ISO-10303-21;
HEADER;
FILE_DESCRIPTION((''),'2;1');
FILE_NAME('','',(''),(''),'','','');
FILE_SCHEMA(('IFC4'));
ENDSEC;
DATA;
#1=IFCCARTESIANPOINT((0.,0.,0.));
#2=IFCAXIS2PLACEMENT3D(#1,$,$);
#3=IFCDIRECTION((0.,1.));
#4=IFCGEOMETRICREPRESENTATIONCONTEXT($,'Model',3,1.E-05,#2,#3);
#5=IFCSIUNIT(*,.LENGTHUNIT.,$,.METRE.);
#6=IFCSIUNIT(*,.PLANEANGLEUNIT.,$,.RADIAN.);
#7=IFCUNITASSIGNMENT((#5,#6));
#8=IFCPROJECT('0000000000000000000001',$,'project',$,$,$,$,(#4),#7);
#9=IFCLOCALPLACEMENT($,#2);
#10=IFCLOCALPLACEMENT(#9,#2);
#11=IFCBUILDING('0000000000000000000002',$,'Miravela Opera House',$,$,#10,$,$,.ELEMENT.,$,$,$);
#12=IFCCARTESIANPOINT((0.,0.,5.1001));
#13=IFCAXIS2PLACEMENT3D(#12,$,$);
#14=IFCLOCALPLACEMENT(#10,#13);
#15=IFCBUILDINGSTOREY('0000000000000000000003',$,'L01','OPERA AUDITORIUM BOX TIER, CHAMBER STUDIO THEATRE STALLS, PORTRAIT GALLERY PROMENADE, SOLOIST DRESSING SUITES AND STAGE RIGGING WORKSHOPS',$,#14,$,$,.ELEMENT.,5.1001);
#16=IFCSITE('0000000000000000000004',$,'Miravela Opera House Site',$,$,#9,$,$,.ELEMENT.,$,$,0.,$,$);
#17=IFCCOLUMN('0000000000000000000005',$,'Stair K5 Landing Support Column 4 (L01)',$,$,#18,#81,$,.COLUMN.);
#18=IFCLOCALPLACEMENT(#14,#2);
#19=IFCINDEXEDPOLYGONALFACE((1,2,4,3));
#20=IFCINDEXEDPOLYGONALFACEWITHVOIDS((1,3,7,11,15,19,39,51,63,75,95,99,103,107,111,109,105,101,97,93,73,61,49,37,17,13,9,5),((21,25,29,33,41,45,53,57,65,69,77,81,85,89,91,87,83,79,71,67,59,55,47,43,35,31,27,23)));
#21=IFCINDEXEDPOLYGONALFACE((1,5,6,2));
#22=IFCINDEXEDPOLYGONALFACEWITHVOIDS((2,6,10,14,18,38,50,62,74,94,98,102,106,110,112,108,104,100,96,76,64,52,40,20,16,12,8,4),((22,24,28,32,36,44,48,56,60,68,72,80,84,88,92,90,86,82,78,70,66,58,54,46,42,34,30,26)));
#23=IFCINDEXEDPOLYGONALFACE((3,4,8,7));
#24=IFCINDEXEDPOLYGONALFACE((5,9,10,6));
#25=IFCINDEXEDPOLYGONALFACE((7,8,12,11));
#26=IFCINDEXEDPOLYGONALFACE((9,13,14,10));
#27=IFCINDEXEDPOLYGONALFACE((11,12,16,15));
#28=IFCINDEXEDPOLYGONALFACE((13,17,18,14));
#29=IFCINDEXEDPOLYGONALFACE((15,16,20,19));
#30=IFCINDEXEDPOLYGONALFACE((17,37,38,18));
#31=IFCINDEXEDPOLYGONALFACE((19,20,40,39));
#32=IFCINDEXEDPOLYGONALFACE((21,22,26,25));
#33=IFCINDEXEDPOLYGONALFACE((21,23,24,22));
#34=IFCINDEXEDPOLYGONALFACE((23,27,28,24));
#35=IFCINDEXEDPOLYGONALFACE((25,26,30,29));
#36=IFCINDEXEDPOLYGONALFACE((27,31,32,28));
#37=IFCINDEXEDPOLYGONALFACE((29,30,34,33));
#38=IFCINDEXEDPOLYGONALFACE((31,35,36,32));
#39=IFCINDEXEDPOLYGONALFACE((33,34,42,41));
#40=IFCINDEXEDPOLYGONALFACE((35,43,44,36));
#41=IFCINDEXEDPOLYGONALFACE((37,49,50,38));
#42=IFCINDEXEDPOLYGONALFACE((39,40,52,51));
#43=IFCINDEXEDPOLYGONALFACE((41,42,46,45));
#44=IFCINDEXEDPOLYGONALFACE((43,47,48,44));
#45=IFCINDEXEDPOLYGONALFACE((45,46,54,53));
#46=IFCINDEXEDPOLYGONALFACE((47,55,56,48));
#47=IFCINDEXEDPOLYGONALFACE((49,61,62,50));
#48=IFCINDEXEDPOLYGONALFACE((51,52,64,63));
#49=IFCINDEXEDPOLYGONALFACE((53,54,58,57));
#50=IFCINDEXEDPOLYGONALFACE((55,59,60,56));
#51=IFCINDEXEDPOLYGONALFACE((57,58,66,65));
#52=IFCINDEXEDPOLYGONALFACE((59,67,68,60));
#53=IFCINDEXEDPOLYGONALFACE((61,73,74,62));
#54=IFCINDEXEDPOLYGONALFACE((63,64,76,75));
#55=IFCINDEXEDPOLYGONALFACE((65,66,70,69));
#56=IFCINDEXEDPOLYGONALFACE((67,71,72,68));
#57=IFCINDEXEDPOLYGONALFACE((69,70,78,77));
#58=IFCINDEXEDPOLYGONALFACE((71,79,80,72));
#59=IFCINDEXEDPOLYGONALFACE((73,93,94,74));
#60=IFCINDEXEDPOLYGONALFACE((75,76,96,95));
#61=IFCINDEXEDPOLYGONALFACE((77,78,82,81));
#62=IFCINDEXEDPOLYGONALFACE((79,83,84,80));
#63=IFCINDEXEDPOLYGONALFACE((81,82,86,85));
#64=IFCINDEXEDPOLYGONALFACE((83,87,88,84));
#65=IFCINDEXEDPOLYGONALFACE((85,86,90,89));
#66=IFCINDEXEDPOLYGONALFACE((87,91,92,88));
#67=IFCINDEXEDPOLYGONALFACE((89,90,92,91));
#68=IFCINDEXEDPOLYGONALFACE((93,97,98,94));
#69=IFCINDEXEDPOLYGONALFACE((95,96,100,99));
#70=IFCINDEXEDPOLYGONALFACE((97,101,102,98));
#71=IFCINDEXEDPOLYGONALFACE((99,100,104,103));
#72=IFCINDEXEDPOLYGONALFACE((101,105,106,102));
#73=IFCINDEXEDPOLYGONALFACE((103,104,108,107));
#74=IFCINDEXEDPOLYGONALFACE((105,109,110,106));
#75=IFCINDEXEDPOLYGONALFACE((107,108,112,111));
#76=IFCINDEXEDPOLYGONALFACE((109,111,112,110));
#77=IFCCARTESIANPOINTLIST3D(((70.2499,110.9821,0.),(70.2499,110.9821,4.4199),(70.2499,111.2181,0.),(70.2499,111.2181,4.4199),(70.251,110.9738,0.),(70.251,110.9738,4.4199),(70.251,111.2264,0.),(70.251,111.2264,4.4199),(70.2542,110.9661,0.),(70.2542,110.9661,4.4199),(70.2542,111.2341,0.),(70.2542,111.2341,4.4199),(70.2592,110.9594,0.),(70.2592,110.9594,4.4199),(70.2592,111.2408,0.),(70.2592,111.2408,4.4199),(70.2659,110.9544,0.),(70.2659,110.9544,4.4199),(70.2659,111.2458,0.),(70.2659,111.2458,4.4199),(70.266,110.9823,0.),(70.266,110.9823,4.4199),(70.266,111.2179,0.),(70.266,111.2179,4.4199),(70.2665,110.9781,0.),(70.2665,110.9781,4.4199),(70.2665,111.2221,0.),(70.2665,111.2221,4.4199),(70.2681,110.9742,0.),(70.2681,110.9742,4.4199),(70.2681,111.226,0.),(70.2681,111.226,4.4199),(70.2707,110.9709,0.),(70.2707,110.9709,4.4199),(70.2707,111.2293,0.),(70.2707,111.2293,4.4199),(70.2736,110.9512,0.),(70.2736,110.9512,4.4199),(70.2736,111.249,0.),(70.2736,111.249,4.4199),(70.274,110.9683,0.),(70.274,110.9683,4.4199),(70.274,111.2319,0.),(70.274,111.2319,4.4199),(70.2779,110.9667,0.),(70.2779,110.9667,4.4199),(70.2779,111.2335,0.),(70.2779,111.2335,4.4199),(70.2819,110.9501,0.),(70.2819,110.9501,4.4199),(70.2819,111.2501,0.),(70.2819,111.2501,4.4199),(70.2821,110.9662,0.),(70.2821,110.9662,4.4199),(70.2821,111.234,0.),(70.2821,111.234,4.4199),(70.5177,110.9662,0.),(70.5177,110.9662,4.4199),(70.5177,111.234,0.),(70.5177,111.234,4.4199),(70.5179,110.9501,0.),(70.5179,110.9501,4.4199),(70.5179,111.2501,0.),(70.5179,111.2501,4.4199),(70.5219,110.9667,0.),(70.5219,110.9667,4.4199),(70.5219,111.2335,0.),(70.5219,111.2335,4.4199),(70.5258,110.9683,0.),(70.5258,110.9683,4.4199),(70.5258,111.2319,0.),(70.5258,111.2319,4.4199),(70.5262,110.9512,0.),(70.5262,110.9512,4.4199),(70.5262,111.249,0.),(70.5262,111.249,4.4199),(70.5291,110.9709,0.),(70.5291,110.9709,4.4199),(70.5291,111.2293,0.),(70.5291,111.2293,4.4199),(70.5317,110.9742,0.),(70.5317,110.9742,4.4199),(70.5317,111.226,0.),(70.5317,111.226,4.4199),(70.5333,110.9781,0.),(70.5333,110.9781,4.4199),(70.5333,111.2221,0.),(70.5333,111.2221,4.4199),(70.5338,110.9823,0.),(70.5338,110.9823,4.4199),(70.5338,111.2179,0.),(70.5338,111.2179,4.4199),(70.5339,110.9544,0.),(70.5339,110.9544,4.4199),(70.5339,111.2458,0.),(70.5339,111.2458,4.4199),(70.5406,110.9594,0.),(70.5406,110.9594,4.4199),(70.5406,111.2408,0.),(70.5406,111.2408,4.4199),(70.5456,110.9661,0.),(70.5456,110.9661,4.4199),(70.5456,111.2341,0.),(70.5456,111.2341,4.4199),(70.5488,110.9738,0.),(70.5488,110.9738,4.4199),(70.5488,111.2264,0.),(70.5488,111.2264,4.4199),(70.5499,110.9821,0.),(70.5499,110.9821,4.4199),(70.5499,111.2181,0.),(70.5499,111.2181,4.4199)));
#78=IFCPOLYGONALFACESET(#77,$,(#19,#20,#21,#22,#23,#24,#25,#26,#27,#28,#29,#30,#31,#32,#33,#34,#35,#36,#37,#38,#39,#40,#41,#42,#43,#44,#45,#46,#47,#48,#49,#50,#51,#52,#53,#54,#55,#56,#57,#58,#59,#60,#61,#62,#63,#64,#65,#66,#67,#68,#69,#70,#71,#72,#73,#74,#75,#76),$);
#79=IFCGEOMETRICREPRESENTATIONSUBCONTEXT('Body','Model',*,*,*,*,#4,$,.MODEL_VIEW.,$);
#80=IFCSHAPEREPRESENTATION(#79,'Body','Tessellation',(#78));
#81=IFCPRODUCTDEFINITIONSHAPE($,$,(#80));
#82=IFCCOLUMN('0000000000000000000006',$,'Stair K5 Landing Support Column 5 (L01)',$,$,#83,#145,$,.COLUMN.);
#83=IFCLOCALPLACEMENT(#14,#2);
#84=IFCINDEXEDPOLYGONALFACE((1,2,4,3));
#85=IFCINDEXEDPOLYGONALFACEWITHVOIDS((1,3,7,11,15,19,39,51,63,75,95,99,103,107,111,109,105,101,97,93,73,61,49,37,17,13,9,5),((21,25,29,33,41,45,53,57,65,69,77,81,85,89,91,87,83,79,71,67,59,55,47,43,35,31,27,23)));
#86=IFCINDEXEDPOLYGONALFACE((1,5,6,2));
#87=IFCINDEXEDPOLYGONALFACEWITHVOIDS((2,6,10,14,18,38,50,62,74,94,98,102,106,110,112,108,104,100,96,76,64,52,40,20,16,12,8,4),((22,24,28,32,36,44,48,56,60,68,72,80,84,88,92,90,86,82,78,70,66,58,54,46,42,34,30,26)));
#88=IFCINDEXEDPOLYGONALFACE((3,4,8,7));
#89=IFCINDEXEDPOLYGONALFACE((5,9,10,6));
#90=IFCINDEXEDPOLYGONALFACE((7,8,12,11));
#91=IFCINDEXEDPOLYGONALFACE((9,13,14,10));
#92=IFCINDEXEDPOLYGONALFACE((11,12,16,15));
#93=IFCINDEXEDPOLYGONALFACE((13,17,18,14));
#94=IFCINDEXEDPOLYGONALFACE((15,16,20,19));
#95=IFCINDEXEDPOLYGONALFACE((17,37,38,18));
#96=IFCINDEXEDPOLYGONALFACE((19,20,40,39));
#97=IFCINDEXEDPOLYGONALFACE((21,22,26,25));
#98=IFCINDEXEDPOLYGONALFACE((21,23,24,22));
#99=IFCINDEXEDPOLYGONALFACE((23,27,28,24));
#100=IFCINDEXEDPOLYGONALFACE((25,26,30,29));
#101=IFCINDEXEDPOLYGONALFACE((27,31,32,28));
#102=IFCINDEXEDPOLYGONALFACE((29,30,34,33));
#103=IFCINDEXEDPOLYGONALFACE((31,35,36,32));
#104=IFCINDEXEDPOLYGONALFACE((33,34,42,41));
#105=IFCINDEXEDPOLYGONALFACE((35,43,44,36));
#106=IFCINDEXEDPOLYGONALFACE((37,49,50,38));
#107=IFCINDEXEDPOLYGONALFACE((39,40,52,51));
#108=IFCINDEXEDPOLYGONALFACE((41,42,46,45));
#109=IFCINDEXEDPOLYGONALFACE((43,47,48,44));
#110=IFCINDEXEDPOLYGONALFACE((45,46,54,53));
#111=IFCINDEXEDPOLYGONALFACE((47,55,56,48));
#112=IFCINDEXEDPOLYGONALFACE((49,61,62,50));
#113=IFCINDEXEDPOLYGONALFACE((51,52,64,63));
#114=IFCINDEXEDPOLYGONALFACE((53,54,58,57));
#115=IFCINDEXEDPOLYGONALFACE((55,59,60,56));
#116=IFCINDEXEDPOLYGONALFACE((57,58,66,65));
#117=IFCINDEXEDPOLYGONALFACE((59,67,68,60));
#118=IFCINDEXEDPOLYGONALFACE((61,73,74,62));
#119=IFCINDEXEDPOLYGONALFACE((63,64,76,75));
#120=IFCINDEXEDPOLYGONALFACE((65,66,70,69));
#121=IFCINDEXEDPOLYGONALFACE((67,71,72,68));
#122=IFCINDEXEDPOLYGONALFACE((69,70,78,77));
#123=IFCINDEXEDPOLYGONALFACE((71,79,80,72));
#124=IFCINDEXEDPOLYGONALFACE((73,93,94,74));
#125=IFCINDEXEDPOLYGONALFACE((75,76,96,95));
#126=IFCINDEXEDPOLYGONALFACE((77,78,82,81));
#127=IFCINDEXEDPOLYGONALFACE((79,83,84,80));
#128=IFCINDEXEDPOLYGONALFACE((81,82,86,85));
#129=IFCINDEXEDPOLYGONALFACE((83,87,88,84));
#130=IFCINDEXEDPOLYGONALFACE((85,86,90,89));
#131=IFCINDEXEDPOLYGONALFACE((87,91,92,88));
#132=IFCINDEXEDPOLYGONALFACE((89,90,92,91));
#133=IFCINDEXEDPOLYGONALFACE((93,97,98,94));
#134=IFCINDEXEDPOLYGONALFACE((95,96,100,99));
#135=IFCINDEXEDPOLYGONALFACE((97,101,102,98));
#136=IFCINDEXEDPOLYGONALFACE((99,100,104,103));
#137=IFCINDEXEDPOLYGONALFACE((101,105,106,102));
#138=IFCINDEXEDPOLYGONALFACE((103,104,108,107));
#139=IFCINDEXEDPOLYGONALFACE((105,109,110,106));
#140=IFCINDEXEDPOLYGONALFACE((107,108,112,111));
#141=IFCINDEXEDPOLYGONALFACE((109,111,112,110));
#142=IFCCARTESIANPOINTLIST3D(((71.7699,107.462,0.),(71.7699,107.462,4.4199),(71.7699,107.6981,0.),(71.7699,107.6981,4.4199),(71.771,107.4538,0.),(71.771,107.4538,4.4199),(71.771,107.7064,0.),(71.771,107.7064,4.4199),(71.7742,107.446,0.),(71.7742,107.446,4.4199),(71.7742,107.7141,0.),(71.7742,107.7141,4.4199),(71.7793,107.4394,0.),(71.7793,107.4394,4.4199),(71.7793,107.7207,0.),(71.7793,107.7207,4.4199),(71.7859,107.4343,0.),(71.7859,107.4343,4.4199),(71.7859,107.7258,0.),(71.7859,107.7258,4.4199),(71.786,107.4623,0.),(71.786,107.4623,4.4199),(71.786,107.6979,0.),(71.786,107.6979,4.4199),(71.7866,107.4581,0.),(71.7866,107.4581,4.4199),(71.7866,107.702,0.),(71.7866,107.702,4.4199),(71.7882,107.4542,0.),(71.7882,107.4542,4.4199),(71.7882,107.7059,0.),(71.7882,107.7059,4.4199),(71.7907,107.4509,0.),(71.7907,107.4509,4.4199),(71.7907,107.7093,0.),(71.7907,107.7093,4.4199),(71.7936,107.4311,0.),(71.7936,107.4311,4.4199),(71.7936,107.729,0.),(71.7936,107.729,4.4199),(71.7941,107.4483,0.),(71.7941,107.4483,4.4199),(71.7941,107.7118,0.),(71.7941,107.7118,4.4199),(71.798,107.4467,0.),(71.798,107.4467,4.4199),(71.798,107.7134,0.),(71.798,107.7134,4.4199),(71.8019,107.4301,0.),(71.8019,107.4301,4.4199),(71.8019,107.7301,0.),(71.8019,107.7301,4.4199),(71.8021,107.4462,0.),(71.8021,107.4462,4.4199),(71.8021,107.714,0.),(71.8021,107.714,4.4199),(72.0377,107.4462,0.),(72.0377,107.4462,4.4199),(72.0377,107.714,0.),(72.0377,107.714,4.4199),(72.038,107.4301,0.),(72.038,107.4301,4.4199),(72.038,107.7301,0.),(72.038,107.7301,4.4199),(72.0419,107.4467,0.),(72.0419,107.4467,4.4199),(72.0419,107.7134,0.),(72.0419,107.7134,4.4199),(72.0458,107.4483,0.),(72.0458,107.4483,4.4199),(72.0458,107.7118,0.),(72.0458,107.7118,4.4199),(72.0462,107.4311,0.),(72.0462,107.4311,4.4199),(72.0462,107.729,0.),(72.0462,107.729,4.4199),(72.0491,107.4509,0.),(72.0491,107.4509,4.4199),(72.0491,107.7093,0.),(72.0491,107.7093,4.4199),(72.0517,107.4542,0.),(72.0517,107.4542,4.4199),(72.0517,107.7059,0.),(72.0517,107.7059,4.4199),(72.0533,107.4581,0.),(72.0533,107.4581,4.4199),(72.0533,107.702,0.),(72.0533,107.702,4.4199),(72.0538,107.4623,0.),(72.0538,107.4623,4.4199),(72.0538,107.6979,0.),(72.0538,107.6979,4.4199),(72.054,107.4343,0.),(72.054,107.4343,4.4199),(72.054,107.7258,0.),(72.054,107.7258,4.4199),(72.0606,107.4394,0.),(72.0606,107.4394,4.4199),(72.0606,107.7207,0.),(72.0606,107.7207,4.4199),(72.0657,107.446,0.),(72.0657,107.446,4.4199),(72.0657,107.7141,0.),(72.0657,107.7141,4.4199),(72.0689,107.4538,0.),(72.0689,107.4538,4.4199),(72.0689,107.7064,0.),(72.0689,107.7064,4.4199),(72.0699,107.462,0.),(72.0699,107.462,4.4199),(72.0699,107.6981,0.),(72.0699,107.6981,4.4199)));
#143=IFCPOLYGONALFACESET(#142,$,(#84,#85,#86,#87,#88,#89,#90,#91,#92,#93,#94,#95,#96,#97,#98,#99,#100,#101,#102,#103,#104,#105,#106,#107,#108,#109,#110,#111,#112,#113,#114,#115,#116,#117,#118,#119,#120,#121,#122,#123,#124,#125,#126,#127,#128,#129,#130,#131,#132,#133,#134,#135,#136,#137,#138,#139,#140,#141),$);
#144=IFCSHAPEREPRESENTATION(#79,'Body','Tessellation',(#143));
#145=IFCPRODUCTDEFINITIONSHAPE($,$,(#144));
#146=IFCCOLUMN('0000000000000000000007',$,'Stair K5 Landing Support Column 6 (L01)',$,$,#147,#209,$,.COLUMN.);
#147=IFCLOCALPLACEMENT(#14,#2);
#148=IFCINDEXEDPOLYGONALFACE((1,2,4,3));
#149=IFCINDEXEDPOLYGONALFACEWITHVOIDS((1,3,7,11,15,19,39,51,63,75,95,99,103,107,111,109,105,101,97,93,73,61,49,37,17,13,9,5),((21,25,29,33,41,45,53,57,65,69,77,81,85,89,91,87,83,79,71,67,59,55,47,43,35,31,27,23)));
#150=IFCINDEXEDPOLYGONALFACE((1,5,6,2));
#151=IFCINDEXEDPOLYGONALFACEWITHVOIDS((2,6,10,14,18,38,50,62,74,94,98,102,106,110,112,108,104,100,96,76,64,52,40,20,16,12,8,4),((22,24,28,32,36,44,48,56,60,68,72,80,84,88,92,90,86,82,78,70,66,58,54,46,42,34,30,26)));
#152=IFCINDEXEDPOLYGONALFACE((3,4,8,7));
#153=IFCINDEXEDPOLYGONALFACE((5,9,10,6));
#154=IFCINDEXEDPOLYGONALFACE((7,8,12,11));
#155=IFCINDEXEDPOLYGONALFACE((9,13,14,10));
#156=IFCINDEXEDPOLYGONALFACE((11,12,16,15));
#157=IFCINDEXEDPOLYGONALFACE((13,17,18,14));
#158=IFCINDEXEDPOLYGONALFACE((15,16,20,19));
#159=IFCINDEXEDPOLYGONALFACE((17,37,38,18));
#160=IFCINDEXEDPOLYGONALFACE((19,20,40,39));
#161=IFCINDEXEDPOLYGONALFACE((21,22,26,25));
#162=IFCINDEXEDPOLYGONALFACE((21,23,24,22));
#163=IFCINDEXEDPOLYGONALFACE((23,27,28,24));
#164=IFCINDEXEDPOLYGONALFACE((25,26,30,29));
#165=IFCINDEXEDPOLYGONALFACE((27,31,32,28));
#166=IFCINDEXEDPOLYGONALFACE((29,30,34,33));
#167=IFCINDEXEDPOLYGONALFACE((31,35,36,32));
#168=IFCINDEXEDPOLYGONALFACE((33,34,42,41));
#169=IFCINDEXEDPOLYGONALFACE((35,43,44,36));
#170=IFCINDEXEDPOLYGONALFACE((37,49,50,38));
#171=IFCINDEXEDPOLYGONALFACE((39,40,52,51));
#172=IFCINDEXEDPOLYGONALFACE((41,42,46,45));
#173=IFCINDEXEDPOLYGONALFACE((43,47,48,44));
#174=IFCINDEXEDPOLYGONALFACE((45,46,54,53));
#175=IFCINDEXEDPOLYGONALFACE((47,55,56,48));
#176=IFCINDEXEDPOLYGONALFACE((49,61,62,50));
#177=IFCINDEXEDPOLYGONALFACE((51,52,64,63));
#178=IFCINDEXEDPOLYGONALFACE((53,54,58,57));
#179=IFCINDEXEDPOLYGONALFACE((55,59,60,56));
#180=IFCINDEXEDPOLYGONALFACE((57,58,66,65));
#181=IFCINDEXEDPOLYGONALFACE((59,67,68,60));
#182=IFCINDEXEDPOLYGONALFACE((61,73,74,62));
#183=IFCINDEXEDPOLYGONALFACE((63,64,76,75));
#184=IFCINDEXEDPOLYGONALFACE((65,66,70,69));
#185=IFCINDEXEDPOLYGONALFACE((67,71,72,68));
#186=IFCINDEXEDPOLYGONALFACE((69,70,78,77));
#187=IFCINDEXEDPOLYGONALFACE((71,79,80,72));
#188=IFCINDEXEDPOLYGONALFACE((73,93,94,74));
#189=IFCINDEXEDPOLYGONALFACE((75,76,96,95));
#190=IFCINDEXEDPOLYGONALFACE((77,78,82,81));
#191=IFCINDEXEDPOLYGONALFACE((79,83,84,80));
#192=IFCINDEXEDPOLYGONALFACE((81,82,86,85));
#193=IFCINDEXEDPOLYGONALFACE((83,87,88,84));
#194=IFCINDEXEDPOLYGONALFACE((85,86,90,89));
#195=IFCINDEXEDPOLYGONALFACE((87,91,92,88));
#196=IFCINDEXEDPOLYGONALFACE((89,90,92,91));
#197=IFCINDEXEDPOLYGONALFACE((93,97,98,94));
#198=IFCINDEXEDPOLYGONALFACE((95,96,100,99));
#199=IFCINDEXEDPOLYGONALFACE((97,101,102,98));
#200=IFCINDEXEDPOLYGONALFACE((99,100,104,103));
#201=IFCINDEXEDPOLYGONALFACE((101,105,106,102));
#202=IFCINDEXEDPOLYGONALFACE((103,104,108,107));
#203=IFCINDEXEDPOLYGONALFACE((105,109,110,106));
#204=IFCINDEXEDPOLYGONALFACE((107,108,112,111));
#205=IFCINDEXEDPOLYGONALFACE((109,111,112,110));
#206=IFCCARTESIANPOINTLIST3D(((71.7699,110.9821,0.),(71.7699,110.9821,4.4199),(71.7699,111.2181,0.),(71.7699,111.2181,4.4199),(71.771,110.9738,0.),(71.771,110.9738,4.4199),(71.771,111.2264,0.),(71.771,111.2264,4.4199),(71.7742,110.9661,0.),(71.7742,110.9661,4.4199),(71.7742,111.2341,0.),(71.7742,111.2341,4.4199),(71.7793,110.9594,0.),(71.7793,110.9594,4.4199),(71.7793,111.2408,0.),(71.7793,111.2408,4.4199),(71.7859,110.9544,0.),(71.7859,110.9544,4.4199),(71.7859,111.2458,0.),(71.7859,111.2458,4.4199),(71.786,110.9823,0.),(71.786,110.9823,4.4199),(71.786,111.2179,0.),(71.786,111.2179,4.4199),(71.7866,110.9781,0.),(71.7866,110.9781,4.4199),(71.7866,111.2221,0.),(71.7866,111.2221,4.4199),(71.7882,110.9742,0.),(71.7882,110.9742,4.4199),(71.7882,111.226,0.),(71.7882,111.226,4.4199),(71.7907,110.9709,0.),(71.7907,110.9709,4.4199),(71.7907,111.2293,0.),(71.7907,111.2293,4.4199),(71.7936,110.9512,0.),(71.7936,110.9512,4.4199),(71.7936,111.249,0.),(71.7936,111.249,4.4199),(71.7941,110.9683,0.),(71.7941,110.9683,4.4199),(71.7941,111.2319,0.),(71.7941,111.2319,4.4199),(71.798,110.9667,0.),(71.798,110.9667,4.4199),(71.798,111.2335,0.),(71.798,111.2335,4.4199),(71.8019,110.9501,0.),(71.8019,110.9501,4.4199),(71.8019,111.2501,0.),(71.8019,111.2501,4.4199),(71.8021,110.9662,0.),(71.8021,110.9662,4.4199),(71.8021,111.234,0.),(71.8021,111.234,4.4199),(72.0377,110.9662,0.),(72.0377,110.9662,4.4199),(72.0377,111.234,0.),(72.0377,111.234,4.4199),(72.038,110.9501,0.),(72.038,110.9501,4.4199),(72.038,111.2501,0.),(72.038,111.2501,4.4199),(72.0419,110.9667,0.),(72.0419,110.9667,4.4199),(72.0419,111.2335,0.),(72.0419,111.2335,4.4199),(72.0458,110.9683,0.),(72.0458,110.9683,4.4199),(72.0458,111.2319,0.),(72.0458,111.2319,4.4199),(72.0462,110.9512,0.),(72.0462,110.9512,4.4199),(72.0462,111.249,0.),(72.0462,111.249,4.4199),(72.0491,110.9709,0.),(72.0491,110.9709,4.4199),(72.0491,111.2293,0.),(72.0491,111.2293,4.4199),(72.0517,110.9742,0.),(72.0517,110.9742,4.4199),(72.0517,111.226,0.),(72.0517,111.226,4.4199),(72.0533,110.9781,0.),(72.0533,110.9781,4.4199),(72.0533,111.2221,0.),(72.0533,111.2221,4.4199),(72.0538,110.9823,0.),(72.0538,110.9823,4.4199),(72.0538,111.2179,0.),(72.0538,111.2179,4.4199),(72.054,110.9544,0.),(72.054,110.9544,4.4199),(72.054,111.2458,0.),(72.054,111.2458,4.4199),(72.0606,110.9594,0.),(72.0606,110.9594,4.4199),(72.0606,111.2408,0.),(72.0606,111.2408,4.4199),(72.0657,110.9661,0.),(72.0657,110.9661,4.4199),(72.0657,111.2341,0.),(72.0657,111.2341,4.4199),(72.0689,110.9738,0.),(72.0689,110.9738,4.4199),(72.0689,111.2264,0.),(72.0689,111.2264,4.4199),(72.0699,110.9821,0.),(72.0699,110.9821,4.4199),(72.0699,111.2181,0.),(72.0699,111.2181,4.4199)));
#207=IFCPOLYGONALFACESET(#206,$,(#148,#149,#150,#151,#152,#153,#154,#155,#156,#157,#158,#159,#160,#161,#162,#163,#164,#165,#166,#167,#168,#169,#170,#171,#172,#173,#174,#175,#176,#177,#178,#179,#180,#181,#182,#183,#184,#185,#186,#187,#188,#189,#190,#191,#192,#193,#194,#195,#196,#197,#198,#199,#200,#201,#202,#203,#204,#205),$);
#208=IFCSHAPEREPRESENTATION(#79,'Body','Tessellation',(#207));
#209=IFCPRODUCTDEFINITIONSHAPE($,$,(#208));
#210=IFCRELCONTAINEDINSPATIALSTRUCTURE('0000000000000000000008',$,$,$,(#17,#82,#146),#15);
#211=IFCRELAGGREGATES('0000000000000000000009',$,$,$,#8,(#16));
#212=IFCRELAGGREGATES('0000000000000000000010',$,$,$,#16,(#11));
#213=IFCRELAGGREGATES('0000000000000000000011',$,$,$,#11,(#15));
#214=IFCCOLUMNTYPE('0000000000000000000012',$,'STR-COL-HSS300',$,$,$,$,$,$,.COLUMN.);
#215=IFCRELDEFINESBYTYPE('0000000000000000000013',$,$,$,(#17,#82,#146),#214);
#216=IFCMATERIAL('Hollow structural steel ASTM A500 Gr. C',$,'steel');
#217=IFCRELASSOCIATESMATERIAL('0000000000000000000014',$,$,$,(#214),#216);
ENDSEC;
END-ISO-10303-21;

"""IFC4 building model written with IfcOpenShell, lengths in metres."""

from ifc_helpers import new_model, si_unit, direction, frame, origin, origin_2d, place, context, subcontext, project, spatial, hollow_rectangle, extrude, material, material_profile, profile_set, type_object, element, save


model = new_model("IFC4")

# Units and contexts
model_context = context("Model", 3, precision=1e-05, world=origin(), true_north=direction((0.0, 1.0)))
body_context = subcontext(model_context, "Body", "Model", "MODEL_VIEW")
ifc_project = project(units=[si_unit("LENGTHUNIT", "METRE"), si_unit("PLANEANGLEUNIT", "RADIAN")], contexts=[model_context])

# Site, building, storey
site_placement = place(None, origin())
site = spatial("IfcSite", under=ifc_project, at=site_placement, Name="Miravela Opera House Site", CompositionType="ELEMENT", RefElevation=0.0)
building_placement = place(site_placement, origin())
building = spatial("IfcBuilding", under=site, at=building_placement, Name="Miravela Opera House", CompositionType="ELEMENT")
storey_placement = place(building_placement, frame((0.0, 0.0, 5.1001)))
storey = spatial("IfcBuildingStorey", under=building, at=storey_placement, Name="L01", Description="OPERA AUDITORIUM BOX TIER, CHAMBER STUDIO THEATRE STALLS, PORTRAIT GALLERY PROMENADE, SOLOIST DRESSING SUITES AND STAGE RIGGING WORKSHOPS", CompositionType="ELEMENT", Elevation=5.1001)

# Columns
ifc_material_1 = material(Name="Hollow structural steel ASTM A500 Gr. C", Category="steel")
ifc_material_profile_1 = material_profile(ifc_material_1, hollow_rectangle(XDim=0.3, YDim=0.3, WallThickness=0.0161, InnerFilletRadius=0.0161, OuterFilletRadius=0.032, at=origin_2d()), Name="HSS300X300X16")
ifc_profile_set_1 = profile_set([ifc_material_profile_1])
column_type_1 = type_object("IfcColumnType", Name="STR-COL-HSS300", PredefinedType="COLUMN", material=ifc_profile_set_1)
for number, where, z_axis, x_axis, name in (
    (1, (70.3999, 111.1001, 0.0), (0.0, 0.0, 1.0), (1.0, 0.0, 0.0), "Stair K5 Landing Support Column 4 (L01)"),
    (2, (71.9199, 107.5801, 0.0), (0.0, 0.0, 1.0), (1.0, 0.0, 0.0), "Stair K5 Landing Support Column 5 (L01)"),
    (3, (71.9199, 111.1001, 0.0), (0.0, 0.0, 1.0), (1.0, 0.0, 0.0), "Stair K5 Landing Support Column 6 (L01)"),
):
    element("IfcColumn", number, at=place(storey_placement, frame(where, z_axis=z_axis, x_axis=x_axis)), inside=storey, type_object=column_type_1, Name=name, PredefinedType="COLUMN", context=body_context, shape_type="SweptSolid", body=[
        extrude(hollow_rectangle(XDim=0.3, YDim=0.3, WallThickness=0.0161, InnerFilletRadius=0.0161, OuterFilletRadius=0.032, at=origin_2d()), origin(), (0.0, 0.0, 1.0), 4.4199),
    ])

save(model, "model.ifc")
